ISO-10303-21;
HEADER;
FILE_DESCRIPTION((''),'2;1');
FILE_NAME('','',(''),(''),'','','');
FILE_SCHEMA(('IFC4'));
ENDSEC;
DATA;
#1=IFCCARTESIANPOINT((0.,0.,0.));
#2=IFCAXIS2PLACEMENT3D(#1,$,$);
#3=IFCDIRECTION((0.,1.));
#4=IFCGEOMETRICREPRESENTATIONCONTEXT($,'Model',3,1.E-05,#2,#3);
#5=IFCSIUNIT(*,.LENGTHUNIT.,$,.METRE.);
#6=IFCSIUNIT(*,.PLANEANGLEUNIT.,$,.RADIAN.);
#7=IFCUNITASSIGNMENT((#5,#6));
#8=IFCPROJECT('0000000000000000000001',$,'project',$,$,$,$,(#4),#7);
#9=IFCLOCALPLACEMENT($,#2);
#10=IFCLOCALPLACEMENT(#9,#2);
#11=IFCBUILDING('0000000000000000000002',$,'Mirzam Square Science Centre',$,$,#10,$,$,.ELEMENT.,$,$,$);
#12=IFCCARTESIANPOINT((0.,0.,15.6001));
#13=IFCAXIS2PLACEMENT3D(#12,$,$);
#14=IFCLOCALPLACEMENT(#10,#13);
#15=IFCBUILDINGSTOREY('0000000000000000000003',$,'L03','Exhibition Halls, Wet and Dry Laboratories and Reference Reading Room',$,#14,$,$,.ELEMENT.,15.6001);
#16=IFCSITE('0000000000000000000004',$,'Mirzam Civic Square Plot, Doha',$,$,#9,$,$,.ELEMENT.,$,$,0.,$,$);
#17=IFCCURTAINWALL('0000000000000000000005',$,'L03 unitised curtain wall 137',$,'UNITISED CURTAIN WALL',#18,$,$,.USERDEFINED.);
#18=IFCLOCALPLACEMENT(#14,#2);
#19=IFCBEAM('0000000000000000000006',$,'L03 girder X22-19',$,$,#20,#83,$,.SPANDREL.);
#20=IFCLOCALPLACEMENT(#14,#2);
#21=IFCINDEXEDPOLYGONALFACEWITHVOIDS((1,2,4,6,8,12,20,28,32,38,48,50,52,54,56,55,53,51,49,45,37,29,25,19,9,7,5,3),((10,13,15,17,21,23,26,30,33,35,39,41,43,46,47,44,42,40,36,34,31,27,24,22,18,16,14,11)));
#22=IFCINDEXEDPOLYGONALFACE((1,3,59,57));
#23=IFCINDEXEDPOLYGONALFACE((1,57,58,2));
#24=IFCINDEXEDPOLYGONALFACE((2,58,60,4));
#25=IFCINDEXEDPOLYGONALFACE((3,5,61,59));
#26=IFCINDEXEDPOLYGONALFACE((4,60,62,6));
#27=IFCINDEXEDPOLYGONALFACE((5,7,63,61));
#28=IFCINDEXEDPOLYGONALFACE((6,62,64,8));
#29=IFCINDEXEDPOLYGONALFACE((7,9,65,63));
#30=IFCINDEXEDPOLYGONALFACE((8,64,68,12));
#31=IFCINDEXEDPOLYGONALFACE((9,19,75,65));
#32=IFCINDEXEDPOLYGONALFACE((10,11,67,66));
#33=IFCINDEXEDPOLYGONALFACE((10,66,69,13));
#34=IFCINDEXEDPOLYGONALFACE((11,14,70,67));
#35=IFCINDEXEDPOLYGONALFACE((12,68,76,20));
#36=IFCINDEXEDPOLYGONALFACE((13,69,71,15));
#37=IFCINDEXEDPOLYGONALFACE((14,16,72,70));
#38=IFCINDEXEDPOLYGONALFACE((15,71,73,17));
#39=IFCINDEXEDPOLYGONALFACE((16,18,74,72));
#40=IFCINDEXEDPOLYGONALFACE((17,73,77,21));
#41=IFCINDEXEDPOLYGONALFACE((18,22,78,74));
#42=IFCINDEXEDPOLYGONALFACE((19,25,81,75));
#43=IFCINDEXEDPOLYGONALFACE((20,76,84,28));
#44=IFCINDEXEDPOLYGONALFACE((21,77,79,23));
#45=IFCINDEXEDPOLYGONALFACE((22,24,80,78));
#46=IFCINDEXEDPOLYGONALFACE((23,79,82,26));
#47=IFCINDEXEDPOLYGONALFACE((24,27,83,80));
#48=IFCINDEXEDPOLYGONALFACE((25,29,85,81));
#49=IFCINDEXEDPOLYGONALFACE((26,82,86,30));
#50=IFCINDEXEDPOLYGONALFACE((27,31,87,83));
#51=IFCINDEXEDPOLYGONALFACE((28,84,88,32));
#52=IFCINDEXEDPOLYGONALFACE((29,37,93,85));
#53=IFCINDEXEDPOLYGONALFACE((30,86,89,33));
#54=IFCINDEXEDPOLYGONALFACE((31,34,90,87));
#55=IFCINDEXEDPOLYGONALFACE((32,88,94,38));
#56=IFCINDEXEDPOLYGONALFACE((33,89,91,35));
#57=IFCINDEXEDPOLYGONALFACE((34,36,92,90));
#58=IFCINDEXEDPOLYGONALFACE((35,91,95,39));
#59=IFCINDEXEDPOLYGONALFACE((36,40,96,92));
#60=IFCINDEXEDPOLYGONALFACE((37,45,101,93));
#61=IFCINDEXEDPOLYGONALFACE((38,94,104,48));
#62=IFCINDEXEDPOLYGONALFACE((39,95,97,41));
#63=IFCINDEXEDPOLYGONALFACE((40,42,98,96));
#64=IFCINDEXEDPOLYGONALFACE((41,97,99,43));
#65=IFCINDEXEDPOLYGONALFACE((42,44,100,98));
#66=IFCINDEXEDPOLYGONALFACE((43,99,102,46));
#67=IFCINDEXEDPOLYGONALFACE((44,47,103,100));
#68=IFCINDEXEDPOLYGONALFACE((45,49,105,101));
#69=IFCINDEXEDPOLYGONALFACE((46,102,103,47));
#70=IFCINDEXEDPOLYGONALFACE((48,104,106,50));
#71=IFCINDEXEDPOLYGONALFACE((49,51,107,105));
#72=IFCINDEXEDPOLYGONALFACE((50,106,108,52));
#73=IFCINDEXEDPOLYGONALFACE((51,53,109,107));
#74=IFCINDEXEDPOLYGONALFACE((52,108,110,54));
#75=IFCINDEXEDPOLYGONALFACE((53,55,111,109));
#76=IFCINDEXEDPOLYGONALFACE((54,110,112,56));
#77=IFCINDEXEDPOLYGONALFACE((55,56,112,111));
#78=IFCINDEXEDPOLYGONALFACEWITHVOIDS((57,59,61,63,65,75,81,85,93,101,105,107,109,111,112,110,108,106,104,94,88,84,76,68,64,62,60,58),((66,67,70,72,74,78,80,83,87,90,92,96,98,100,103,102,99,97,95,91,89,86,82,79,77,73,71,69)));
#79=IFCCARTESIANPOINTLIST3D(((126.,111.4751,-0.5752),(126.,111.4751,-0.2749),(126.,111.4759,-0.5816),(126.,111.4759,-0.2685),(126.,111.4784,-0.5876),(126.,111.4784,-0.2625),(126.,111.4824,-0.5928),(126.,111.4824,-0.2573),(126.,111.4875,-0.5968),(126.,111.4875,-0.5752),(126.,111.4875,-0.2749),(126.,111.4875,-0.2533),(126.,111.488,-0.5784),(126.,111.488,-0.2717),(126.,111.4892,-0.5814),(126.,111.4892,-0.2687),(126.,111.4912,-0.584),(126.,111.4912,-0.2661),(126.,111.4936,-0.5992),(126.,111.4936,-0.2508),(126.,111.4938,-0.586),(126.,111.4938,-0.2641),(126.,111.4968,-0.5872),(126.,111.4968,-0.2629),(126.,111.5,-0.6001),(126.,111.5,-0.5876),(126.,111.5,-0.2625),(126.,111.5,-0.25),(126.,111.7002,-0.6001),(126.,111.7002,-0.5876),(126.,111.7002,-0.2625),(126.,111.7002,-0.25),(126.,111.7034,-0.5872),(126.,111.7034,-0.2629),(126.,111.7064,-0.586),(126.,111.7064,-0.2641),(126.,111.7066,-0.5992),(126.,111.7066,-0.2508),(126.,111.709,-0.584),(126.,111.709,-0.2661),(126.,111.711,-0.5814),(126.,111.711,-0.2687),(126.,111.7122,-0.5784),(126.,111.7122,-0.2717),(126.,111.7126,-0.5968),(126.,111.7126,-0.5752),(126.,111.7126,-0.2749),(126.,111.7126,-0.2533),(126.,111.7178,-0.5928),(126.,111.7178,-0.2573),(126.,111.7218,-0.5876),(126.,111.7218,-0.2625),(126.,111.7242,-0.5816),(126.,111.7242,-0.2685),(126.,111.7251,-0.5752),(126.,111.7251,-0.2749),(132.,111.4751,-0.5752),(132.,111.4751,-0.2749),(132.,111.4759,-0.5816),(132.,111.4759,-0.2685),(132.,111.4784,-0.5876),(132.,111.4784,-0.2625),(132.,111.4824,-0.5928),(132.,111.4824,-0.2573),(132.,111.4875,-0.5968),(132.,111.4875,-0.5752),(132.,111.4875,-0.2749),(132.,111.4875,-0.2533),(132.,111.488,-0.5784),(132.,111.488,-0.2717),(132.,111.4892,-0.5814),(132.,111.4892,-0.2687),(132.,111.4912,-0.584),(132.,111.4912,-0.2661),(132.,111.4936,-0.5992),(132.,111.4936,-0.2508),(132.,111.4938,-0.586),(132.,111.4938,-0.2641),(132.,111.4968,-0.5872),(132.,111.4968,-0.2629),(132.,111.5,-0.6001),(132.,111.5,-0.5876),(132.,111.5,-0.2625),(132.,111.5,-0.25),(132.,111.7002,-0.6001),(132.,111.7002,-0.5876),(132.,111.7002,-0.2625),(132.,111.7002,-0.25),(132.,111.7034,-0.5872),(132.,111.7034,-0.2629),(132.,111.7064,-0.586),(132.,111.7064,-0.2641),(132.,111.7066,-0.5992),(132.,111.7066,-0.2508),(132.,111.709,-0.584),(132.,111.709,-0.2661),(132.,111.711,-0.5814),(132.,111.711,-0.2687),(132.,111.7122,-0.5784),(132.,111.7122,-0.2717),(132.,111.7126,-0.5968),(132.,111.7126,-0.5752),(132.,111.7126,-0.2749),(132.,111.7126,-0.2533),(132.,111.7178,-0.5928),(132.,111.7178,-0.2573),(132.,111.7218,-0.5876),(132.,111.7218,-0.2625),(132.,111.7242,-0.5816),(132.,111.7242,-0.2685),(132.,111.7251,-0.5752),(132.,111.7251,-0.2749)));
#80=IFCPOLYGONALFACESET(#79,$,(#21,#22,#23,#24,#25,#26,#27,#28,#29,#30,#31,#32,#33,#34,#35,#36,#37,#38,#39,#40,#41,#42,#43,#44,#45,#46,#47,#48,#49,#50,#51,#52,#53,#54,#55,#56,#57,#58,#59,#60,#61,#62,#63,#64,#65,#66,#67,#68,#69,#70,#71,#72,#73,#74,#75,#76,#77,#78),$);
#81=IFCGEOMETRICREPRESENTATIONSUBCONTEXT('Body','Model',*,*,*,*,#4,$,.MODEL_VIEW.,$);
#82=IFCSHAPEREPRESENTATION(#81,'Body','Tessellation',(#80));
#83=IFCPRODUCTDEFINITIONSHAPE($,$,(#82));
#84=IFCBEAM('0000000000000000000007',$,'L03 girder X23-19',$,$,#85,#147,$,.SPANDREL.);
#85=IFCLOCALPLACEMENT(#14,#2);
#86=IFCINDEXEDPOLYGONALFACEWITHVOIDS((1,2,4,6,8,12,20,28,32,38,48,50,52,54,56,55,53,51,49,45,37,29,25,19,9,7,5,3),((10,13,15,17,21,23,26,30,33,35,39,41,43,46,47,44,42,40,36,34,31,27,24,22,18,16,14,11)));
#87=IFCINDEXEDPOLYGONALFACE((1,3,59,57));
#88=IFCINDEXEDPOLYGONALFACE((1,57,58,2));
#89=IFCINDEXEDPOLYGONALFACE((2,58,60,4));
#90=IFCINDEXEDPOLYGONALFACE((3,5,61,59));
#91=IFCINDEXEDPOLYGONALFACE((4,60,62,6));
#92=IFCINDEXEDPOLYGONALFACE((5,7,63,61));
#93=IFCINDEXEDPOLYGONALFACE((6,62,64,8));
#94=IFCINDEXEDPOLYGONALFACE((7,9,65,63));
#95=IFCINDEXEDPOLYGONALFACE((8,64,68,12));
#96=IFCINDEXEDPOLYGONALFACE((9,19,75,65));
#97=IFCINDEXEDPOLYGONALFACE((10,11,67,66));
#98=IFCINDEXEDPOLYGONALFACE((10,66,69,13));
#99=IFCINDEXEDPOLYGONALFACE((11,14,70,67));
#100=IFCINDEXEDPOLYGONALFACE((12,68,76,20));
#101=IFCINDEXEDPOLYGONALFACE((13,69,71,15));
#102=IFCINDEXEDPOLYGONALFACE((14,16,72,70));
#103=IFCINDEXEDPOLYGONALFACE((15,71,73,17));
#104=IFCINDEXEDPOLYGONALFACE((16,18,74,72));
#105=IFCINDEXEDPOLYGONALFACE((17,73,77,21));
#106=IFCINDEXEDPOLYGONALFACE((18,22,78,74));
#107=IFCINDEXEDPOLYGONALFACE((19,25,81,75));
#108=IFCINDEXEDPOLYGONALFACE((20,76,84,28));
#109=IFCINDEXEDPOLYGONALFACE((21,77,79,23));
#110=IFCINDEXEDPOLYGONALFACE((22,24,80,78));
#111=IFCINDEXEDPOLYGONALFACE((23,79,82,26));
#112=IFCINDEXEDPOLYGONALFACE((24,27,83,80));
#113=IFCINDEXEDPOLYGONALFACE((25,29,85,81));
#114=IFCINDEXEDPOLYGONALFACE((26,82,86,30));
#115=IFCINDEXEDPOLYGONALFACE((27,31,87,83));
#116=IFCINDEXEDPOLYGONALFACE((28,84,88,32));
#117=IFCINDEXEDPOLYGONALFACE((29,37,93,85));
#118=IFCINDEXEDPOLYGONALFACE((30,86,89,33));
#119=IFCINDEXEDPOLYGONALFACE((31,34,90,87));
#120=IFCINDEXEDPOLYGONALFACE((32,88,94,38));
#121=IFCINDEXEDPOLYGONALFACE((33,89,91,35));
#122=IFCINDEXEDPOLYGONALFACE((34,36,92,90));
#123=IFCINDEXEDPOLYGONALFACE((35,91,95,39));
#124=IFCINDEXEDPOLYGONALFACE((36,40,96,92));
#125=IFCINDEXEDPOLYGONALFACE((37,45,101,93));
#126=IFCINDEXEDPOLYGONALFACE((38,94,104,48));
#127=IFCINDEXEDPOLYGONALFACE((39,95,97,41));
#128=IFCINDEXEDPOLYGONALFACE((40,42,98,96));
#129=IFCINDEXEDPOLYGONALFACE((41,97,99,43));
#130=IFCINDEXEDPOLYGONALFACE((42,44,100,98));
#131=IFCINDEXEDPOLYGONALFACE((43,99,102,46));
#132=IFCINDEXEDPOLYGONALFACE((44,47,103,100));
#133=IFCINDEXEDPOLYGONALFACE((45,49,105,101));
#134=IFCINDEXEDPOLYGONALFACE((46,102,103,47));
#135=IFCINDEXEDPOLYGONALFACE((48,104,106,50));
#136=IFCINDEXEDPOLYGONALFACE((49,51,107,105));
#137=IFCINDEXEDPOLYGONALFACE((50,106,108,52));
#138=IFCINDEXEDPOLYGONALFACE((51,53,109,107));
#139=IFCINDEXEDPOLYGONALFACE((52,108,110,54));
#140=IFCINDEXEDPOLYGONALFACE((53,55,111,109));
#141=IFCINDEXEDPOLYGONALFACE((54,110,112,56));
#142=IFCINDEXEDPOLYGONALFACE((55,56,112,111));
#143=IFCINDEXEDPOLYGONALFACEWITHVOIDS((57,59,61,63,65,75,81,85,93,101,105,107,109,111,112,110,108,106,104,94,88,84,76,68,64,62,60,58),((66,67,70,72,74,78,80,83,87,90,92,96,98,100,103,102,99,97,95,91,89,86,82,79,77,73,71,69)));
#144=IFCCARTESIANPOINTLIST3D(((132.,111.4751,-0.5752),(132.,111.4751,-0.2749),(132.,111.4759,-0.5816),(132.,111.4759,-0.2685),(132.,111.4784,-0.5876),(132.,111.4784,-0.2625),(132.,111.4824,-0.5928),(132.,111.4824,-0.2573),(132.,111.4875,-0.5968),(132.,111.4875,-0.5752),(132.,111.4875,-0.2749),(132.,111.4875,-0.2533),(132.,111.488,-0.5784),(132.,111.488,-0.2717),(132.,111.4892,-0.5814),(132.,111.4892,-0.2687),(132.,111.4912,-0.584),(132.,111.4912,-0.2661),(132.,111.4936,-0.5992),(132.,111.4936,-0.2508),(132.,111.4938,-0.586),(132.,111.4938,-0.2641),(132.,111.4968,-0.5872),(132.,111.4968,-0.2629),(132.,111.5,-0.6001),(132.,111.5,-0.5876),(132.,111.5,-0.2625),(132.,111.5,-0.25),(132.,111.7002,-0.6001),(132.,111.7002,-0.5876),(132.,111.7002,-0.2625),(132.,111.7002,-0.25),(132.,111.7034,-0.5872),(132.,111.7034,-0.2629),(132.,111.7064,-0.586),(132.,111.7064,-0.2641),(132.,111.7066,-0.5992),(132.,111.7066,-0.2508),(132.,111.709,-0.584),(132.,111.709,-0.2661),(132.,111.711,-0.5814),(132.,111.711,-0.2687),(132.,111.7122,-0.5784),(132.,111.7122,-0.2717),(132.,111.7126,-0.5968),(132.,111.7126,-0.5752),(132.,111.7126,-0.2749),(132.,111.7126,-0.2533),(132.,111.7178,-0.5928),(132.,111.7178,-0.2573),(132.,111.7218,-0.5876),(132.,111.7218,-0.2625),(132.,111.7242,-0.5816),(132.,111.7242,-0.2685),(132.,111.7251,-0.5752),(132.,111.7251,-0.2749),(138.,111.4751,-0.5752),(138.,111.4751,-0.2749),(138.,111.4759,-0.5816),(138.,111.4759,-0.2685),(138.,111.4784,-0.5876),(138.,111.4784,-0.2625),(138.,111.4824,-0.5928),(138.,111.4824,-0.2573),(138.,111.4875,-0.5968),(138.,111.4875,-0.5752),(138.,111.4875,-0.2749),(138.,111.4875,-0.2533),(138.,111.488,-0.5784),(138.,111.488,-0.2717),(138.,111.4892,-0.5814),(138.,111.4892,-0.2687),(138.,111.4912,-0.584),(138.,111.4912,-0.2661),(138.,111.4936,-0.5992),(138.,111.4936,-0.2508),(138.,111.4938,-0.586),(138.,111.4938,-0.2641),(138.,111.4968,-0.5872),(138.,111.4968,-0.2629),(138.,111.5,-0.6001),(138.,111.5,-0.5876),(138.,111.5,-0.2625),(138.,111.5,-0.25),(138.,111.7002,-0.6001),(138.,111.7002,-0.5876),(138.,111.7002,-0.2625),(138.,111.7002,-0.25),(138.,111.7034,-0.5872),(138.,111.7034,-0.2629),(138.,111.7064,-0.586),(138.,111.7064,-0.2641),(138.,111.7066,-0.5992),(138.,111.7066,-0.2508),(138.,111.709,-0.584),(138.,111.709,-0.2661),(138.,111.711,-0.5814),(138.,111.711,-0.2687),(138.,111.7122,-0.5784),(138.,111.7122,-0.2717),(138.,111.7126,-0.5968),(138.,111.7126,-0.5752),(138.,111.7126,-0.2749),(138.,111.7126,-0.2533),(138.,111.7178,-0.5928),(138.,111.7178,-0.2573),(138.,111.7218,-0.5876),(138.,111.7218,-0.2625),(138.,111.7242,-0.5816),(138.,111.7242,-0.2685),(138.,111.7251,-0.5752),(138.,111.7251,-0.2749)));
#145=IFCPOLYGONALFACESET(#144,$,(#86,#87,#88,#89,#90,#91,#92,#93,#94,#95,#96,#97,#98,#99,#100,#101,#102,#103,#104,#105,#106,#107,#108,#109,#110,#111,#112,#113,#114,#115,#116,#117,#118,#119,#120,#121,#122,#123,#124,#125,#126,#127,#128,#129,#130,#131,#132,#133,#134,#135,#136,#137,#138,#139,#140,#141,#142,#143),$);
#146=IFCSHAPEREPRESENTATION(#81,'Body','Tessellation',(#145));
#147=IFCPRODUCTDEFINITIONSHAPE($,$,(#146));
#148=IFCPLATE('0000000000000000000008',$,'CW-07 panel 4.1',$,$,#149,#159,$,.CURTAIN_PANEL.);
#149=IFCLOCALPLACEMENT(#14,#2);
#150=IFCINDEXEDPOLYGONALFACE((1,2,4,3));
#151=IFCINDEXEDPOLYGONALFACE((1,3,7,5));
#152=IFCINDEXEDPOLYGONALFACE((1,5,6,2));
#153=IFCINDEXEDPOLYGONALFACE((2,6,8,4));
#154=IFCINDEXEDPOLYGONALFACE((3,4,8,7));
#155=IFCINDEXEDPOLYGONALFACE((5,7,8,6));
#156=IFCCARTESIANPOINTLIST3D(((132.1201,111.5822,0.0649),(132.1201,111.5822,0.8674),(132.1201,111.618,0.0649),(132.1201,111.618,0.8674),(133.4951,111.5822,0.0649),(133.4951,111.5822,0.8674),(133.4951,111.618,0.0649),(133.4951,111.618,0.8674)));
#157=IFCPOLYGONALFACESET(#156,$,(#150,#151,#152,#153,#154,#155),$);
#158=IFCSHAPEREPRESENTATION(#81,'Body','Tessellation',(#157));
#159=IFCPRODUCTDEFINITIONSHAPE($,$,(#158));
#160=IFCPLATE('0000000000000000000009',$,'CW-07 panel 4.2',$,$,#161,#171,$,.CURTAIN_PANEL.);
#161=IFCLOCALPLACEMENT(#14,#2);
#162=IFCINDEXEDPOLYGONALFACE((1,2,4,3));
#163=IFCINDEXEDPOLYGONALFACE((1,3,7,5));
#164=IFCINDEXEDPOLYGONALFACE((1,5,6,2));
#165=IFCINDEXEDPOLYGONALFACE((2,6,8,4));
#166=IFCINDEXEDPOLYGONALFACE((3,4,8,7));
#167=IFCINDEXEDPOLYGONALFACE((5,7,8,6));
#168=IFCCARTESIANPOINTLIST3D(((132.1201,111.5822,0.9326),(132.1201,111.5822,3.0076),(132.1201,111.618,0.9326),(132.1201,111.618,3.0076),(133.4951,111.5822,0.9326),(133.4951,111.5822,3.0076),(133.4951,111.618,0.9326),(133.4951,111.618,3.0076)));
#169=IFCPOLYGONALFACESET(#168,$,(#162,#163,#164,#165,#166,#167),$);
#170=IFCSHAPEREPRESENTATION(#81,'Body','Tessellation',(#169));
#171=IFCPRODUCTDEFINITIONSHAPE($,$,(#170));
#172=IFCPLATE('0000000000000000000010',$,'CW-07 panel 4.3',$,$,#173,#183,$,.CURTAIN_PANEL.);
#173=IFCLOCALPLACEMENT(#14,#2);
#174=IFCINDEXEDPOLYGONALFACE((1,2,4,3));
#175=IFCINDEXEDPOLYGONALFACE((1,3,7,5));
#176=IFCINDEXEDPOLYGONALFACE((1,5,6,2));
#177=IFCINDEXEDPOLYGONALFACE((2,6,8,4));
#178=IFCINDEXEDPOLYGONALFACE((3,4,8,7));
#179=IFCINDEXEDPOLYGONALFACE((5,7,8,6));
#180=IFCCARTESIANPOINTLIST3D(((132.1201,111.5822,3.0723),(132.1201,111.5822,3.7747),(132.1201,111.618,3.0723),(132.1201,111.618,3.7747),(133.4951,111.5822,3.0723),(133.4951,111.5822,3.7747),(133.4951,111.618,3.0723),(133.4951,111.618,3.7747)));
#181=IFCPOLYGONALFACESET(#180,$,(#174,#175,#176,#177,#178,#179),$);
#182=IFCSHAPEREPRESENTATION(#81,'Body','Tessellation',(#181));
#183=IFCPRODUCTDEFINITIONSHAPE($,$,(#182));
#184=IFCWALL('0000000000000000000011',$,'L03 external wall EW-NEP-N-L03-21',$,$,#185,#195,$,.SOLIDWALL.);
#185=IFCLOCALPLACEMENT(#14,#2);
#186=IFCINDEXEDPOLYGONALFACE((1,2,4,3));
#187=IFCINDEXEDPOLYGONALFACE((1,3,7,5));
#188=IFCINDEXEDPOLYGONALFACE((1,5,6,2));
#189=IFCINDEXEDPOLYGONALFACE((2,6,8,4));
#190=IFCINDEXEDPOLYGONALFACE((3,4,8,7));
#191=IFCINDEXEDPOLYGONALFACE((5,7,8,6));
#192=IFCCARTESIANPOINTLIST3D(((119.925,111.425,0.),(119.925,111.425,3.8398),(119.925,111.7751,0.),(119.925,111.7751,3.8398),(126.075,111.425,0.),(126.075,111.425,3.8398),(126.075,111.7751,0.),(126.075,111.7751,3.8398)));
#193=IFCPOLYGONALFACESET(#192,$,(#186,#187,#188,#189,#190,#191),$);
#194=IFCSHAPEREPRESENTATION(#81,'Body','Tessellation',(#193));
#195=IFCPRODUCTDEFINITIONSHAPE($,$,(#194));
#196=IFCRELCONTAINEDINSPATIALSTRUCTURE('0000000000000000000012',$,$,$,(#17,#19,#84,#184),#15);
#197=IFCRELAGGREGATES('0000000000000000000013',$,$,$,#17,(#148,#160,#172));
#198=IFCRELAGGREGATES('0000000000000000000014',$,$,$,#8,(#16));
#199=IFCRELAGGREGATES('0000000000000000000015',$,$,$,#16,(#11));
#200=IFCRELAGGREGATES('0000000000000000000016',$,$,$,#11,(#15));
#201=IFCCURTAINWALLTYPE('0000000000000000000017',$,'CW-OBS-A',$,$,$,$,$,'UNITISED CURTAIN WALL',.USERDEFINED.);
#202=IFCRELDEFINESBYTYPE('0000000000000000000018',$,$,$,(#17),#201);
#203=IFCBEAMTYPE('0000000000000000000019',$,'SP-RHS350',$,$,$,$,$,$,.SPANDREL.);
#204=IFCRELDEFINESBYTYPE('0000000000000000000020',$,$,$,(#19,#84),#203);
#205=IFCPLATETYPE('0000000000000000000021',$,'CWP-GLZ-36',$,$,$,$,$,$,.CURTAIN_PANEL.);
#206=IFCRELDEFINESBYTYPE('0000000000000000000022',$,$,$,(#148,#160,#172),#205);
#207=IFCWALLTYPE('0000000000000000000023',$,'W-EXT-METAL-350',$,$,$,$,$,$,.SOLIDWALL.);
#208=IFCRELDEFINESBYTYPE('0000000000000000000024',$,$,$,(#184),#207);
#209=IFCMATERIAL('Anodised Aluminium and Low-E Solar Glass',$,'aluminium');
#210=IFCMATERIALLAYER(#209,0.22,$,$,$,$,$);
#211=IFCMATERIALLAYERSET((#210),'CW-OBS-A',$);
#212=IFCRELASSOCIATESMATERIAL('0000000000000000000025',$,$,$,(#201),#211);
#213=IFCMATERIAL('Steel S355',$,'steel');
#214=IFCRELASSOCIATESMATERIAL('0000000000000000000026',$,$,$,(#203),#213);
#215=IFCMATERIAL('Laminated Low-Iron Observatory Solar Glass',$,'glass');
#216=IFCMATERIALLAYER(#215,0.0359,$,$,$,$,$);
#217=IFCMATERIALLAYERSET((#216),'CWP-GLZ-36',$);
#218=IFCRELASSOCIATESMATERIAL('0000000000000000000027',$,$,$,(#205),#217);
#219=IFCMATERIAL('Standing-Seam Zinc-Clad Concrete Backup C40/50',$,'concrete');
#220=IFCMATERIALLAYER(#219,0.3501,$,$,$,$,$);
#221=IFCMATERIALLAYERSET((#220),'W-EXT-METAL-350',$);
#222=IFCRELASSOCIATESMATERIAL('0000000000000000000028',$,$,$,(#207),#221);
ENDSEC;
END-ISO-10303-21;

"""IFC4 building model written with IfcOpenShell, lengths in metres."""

from ifc_helpers import new_model, si_unit, direction, frame, frame_2d, origin, origin_2d, place, context, subcontext, project, spatial, rectangle, hollow_rectangle, extrude, material, layer, layer_set, material_profile, profile_set, type_object, element, aggregate, save


model = new_model("IFC4")

# Units and contexts
model_context = context("Model", 3, precision=1e-05, world=origin(), true_north=direction((0.0, 1.0)))
body_context = subcontext(model_context, "Body", "Model", "MODEL_VIEW")
ifc_project = project(units=[si_unit("LENGTHUNIT", "METRE"), si_unit("PLANEANGLEUNIT", "RADIAN")], contexts=[model_context])

# Site, building, storey
site_placement = place(None, origin())
site = spatial("IfcSite", under=ifc_project, at=site_placement, Name="Mirzam Civic Square Plot, Doha", CompositionType="ELEMENT", RefElevation=0.0)
building_placement = place(site_placement, origin())
building = spatial("IfcBuilding", under=site, at=building_placement, Name="Mirzam Square Science Centre", CompositionType="ELEMENT")
storey_placement = place(building_placement, frame((0.0, 0.0, 15.6001)))
storey = spatial("IfcBuildingStorey", under=building, at=storey_placement, Name="L03", Description="Exhibition Halls, Wet and Dry Laboratories and Reference Reading Room", CompositionType="ELEMENT", Elevation=15.6001)

# Shared definitions
ifc_material_1 = material(Name="Steel S355", Category="steel")

# Shared definitions
ifc_material_2 = material(Name="Anodised Aluminium and Low-E Solar Glass", Category="aluminium")

# Curtain wall
ifc_layer_1 = layer(ifc_material_2, 0.22)
ifc_layer_set_1 = layer_set([ifc_layer_1], Name="CW-OBS-A")
curtain_wall_type_1 = type_object("IfcCurtainWallType", Name="CW-OBS-A", ElementType="UNITISED CURTAIN WALL", PredefinedType="USERDEFINED", material=ifc_layer_set_1)
curtain_wall_1_placement = place(storey_placement, origin())
curtain_wall_1 = element("IfcCurtainWall", 1, at=curtain_wall_1_placement, inside=storey, type_object=curtain_wall_type_1, Name="L03 unitised curtain wall 137", ObjectType="UNITISED CURTAIN WALL", PredefinedType="USERDEFINED")

# Beams
ifc_material_profile_1 = material_profile(ifc_material_1, hollow_rectangle(XDim=0.25, YDim=0.3501, WallThickness=0.0125, InnerFilletRadius=0.0125, OuterFilletRadius=0.0249, at=origin_2d()), Name="350x250x12.5RHS")
ifc_profile_set_1 = profile_set([ifc_material_profile_1], Name="Steel S355")
beam_type = type_object("IfcBeamType", Name="SP-RHS350", PredefinedType="SPANDREL", material=ifc_profile_set_1)
for number, where, z_axis, x_axis, name in (
    (2, (126.0, 111.6001, -0.425), (1.0, 0.0, 0.0), (0.0, 1.0, 0.0), "L03 girder X22-19"),
    (3, (132.0, 111.6001, -0.425), (1.0, 0.0, 0.0), (0.0, 1.0, 0.0), "L03 girder X23-19"),
):
    element("IfcBeam", number, at=place(storey_placement, frame(where, z_axis=z_axis, x_axis=x_axis)), inside=storey, type_object=beam_type, Name=name, PredefinedType="SPANDREL", context=body_context, shape_type="SweptSolid", body=[
        extrude(hollow_rectangle(XDim=0.25, YDim=0.3501, WallThickness=0.0125, InnerFilletRadius=0.0125, OuterFilletRadius=0.0249, at=origin_2d()), origin(), (0.0, 0.0, 1.0), 6.0),
    ])

# Plates
ifc_material_3 = material(Name="Laminated Low-Iron Observatory Solar Glass", Category="glass")
ifc_layer_2 = layer(ifc_material_3, 0.0359)
ifc_layer_set_2 = layer_set([ifc_layer_2], Name="CWP-GLZ-36")
plate_type = type_object("IfcPlateType", Name="CWP-GLZ-36", PredefinedType="CURTAIN_PANEL", material=ifc_layer_set_2)
plate_1_placement = place(storey_placement, frame((132.8076, 111.6001, 0.0649), z_axis=(0.0, 0.0, 1.0), x_axis=(-1.0, 0.0, 0.0)))
plate_1 = element("IfcPlate", 4, at=plate_1_placement, type_object=plate_type, Name="CW-07 panel 4.1", PredefinedType="CURTAIN_PANEL", context=body_context, shape_type="SweptSolid", body=[
    extrude(rectangle(XDim=1.375, YDim=0.0359, at=origin_2d()), origin(), (0.0, 0.0, 1.0), 0.8025),
])
plate_2_placement = place(storey_placement, frame((132.8076, 111.6001, 0.9326), z_axis=(0.0, 0.0, 1.0), x_axis=(-1.0, 0.0, 0.0)))
plate_2 = element("IfcPlate", 5, at=plate_2_placement, type_object=plate_type, Name="CW-07 panel 4.2", PredefinedType="CURTAIN_PANEL", context=body_context, shape_type="SweptSolid", body=[
    extrude(rectangle(XDim=1.375, YDim=0.0359, at=origin_2d()), origin(), (0.0, 0.0, 1.0), 2.075),
])
plate_3_placement = place(storey_placement, frame((132.8076, 111.6001, 3.0723), z_axis=(0.0, 0.0, 1.0), x_axis=(-1.0, 0.0, 0.0)))
plate_3 = element("IfcPlate", 6, at=plate_3_placement, type_object=plate_type, Name="CW-07 panel 4.3", PredefinedType="CURTAIN_PANEL", context=body_context, shape_type="SweptSolid", body=[
    extrude(rectangle(XDim=1.375, YDim=0.0359, at=origin_2d()), origin(), (0.0, 0.0, 1.0), 0.7024),
])
aggregate(curtain_wall_1, [plate_1, plate_2, plate_3])

# Wall
ifc_material_4 = material(Name="Standing-Seam Zinc-Clad Concrete Backup C40/50", Category="concrete")
ifc_layer_3 = layer(ifc_material_4, 0.3501)
ifc_layer_set_3 = layer_set([ifc_layer_3], Name="W-EXT-METAL-350")
wall_type = type_object("IfcWallType", Name="W-EXT-METAL-350", PredefinedType="SOLIDWALL", material=ifc_layer_set_3)
for number, where, z_axis, x_axis, name in (
    (7, (126.075, 111.6001, 0.0), (0.0, 0.0, 1.0), (-1.0, 0.0, 0.0), "L03 external wall EW-NEP-N-L03-21"),
):
    element("IfcWall", number, at=place(storey_placement, frame(where, z_axis=z_axis, x_axis=x_axis)), inside=storey, type_object=wall_type, Name=name, PredefinedType="SOLIDWALL", context=body_context, shape_type="SweptSolid", body=[
        extrude(rectangle(XDim=6.1499, YDim=0.3501, at=frame_2d((3.075, 0.0))), origin(), (0.0, 0.0, 1.0), 3.8398),
    ])

save(model, "model.ifc")
